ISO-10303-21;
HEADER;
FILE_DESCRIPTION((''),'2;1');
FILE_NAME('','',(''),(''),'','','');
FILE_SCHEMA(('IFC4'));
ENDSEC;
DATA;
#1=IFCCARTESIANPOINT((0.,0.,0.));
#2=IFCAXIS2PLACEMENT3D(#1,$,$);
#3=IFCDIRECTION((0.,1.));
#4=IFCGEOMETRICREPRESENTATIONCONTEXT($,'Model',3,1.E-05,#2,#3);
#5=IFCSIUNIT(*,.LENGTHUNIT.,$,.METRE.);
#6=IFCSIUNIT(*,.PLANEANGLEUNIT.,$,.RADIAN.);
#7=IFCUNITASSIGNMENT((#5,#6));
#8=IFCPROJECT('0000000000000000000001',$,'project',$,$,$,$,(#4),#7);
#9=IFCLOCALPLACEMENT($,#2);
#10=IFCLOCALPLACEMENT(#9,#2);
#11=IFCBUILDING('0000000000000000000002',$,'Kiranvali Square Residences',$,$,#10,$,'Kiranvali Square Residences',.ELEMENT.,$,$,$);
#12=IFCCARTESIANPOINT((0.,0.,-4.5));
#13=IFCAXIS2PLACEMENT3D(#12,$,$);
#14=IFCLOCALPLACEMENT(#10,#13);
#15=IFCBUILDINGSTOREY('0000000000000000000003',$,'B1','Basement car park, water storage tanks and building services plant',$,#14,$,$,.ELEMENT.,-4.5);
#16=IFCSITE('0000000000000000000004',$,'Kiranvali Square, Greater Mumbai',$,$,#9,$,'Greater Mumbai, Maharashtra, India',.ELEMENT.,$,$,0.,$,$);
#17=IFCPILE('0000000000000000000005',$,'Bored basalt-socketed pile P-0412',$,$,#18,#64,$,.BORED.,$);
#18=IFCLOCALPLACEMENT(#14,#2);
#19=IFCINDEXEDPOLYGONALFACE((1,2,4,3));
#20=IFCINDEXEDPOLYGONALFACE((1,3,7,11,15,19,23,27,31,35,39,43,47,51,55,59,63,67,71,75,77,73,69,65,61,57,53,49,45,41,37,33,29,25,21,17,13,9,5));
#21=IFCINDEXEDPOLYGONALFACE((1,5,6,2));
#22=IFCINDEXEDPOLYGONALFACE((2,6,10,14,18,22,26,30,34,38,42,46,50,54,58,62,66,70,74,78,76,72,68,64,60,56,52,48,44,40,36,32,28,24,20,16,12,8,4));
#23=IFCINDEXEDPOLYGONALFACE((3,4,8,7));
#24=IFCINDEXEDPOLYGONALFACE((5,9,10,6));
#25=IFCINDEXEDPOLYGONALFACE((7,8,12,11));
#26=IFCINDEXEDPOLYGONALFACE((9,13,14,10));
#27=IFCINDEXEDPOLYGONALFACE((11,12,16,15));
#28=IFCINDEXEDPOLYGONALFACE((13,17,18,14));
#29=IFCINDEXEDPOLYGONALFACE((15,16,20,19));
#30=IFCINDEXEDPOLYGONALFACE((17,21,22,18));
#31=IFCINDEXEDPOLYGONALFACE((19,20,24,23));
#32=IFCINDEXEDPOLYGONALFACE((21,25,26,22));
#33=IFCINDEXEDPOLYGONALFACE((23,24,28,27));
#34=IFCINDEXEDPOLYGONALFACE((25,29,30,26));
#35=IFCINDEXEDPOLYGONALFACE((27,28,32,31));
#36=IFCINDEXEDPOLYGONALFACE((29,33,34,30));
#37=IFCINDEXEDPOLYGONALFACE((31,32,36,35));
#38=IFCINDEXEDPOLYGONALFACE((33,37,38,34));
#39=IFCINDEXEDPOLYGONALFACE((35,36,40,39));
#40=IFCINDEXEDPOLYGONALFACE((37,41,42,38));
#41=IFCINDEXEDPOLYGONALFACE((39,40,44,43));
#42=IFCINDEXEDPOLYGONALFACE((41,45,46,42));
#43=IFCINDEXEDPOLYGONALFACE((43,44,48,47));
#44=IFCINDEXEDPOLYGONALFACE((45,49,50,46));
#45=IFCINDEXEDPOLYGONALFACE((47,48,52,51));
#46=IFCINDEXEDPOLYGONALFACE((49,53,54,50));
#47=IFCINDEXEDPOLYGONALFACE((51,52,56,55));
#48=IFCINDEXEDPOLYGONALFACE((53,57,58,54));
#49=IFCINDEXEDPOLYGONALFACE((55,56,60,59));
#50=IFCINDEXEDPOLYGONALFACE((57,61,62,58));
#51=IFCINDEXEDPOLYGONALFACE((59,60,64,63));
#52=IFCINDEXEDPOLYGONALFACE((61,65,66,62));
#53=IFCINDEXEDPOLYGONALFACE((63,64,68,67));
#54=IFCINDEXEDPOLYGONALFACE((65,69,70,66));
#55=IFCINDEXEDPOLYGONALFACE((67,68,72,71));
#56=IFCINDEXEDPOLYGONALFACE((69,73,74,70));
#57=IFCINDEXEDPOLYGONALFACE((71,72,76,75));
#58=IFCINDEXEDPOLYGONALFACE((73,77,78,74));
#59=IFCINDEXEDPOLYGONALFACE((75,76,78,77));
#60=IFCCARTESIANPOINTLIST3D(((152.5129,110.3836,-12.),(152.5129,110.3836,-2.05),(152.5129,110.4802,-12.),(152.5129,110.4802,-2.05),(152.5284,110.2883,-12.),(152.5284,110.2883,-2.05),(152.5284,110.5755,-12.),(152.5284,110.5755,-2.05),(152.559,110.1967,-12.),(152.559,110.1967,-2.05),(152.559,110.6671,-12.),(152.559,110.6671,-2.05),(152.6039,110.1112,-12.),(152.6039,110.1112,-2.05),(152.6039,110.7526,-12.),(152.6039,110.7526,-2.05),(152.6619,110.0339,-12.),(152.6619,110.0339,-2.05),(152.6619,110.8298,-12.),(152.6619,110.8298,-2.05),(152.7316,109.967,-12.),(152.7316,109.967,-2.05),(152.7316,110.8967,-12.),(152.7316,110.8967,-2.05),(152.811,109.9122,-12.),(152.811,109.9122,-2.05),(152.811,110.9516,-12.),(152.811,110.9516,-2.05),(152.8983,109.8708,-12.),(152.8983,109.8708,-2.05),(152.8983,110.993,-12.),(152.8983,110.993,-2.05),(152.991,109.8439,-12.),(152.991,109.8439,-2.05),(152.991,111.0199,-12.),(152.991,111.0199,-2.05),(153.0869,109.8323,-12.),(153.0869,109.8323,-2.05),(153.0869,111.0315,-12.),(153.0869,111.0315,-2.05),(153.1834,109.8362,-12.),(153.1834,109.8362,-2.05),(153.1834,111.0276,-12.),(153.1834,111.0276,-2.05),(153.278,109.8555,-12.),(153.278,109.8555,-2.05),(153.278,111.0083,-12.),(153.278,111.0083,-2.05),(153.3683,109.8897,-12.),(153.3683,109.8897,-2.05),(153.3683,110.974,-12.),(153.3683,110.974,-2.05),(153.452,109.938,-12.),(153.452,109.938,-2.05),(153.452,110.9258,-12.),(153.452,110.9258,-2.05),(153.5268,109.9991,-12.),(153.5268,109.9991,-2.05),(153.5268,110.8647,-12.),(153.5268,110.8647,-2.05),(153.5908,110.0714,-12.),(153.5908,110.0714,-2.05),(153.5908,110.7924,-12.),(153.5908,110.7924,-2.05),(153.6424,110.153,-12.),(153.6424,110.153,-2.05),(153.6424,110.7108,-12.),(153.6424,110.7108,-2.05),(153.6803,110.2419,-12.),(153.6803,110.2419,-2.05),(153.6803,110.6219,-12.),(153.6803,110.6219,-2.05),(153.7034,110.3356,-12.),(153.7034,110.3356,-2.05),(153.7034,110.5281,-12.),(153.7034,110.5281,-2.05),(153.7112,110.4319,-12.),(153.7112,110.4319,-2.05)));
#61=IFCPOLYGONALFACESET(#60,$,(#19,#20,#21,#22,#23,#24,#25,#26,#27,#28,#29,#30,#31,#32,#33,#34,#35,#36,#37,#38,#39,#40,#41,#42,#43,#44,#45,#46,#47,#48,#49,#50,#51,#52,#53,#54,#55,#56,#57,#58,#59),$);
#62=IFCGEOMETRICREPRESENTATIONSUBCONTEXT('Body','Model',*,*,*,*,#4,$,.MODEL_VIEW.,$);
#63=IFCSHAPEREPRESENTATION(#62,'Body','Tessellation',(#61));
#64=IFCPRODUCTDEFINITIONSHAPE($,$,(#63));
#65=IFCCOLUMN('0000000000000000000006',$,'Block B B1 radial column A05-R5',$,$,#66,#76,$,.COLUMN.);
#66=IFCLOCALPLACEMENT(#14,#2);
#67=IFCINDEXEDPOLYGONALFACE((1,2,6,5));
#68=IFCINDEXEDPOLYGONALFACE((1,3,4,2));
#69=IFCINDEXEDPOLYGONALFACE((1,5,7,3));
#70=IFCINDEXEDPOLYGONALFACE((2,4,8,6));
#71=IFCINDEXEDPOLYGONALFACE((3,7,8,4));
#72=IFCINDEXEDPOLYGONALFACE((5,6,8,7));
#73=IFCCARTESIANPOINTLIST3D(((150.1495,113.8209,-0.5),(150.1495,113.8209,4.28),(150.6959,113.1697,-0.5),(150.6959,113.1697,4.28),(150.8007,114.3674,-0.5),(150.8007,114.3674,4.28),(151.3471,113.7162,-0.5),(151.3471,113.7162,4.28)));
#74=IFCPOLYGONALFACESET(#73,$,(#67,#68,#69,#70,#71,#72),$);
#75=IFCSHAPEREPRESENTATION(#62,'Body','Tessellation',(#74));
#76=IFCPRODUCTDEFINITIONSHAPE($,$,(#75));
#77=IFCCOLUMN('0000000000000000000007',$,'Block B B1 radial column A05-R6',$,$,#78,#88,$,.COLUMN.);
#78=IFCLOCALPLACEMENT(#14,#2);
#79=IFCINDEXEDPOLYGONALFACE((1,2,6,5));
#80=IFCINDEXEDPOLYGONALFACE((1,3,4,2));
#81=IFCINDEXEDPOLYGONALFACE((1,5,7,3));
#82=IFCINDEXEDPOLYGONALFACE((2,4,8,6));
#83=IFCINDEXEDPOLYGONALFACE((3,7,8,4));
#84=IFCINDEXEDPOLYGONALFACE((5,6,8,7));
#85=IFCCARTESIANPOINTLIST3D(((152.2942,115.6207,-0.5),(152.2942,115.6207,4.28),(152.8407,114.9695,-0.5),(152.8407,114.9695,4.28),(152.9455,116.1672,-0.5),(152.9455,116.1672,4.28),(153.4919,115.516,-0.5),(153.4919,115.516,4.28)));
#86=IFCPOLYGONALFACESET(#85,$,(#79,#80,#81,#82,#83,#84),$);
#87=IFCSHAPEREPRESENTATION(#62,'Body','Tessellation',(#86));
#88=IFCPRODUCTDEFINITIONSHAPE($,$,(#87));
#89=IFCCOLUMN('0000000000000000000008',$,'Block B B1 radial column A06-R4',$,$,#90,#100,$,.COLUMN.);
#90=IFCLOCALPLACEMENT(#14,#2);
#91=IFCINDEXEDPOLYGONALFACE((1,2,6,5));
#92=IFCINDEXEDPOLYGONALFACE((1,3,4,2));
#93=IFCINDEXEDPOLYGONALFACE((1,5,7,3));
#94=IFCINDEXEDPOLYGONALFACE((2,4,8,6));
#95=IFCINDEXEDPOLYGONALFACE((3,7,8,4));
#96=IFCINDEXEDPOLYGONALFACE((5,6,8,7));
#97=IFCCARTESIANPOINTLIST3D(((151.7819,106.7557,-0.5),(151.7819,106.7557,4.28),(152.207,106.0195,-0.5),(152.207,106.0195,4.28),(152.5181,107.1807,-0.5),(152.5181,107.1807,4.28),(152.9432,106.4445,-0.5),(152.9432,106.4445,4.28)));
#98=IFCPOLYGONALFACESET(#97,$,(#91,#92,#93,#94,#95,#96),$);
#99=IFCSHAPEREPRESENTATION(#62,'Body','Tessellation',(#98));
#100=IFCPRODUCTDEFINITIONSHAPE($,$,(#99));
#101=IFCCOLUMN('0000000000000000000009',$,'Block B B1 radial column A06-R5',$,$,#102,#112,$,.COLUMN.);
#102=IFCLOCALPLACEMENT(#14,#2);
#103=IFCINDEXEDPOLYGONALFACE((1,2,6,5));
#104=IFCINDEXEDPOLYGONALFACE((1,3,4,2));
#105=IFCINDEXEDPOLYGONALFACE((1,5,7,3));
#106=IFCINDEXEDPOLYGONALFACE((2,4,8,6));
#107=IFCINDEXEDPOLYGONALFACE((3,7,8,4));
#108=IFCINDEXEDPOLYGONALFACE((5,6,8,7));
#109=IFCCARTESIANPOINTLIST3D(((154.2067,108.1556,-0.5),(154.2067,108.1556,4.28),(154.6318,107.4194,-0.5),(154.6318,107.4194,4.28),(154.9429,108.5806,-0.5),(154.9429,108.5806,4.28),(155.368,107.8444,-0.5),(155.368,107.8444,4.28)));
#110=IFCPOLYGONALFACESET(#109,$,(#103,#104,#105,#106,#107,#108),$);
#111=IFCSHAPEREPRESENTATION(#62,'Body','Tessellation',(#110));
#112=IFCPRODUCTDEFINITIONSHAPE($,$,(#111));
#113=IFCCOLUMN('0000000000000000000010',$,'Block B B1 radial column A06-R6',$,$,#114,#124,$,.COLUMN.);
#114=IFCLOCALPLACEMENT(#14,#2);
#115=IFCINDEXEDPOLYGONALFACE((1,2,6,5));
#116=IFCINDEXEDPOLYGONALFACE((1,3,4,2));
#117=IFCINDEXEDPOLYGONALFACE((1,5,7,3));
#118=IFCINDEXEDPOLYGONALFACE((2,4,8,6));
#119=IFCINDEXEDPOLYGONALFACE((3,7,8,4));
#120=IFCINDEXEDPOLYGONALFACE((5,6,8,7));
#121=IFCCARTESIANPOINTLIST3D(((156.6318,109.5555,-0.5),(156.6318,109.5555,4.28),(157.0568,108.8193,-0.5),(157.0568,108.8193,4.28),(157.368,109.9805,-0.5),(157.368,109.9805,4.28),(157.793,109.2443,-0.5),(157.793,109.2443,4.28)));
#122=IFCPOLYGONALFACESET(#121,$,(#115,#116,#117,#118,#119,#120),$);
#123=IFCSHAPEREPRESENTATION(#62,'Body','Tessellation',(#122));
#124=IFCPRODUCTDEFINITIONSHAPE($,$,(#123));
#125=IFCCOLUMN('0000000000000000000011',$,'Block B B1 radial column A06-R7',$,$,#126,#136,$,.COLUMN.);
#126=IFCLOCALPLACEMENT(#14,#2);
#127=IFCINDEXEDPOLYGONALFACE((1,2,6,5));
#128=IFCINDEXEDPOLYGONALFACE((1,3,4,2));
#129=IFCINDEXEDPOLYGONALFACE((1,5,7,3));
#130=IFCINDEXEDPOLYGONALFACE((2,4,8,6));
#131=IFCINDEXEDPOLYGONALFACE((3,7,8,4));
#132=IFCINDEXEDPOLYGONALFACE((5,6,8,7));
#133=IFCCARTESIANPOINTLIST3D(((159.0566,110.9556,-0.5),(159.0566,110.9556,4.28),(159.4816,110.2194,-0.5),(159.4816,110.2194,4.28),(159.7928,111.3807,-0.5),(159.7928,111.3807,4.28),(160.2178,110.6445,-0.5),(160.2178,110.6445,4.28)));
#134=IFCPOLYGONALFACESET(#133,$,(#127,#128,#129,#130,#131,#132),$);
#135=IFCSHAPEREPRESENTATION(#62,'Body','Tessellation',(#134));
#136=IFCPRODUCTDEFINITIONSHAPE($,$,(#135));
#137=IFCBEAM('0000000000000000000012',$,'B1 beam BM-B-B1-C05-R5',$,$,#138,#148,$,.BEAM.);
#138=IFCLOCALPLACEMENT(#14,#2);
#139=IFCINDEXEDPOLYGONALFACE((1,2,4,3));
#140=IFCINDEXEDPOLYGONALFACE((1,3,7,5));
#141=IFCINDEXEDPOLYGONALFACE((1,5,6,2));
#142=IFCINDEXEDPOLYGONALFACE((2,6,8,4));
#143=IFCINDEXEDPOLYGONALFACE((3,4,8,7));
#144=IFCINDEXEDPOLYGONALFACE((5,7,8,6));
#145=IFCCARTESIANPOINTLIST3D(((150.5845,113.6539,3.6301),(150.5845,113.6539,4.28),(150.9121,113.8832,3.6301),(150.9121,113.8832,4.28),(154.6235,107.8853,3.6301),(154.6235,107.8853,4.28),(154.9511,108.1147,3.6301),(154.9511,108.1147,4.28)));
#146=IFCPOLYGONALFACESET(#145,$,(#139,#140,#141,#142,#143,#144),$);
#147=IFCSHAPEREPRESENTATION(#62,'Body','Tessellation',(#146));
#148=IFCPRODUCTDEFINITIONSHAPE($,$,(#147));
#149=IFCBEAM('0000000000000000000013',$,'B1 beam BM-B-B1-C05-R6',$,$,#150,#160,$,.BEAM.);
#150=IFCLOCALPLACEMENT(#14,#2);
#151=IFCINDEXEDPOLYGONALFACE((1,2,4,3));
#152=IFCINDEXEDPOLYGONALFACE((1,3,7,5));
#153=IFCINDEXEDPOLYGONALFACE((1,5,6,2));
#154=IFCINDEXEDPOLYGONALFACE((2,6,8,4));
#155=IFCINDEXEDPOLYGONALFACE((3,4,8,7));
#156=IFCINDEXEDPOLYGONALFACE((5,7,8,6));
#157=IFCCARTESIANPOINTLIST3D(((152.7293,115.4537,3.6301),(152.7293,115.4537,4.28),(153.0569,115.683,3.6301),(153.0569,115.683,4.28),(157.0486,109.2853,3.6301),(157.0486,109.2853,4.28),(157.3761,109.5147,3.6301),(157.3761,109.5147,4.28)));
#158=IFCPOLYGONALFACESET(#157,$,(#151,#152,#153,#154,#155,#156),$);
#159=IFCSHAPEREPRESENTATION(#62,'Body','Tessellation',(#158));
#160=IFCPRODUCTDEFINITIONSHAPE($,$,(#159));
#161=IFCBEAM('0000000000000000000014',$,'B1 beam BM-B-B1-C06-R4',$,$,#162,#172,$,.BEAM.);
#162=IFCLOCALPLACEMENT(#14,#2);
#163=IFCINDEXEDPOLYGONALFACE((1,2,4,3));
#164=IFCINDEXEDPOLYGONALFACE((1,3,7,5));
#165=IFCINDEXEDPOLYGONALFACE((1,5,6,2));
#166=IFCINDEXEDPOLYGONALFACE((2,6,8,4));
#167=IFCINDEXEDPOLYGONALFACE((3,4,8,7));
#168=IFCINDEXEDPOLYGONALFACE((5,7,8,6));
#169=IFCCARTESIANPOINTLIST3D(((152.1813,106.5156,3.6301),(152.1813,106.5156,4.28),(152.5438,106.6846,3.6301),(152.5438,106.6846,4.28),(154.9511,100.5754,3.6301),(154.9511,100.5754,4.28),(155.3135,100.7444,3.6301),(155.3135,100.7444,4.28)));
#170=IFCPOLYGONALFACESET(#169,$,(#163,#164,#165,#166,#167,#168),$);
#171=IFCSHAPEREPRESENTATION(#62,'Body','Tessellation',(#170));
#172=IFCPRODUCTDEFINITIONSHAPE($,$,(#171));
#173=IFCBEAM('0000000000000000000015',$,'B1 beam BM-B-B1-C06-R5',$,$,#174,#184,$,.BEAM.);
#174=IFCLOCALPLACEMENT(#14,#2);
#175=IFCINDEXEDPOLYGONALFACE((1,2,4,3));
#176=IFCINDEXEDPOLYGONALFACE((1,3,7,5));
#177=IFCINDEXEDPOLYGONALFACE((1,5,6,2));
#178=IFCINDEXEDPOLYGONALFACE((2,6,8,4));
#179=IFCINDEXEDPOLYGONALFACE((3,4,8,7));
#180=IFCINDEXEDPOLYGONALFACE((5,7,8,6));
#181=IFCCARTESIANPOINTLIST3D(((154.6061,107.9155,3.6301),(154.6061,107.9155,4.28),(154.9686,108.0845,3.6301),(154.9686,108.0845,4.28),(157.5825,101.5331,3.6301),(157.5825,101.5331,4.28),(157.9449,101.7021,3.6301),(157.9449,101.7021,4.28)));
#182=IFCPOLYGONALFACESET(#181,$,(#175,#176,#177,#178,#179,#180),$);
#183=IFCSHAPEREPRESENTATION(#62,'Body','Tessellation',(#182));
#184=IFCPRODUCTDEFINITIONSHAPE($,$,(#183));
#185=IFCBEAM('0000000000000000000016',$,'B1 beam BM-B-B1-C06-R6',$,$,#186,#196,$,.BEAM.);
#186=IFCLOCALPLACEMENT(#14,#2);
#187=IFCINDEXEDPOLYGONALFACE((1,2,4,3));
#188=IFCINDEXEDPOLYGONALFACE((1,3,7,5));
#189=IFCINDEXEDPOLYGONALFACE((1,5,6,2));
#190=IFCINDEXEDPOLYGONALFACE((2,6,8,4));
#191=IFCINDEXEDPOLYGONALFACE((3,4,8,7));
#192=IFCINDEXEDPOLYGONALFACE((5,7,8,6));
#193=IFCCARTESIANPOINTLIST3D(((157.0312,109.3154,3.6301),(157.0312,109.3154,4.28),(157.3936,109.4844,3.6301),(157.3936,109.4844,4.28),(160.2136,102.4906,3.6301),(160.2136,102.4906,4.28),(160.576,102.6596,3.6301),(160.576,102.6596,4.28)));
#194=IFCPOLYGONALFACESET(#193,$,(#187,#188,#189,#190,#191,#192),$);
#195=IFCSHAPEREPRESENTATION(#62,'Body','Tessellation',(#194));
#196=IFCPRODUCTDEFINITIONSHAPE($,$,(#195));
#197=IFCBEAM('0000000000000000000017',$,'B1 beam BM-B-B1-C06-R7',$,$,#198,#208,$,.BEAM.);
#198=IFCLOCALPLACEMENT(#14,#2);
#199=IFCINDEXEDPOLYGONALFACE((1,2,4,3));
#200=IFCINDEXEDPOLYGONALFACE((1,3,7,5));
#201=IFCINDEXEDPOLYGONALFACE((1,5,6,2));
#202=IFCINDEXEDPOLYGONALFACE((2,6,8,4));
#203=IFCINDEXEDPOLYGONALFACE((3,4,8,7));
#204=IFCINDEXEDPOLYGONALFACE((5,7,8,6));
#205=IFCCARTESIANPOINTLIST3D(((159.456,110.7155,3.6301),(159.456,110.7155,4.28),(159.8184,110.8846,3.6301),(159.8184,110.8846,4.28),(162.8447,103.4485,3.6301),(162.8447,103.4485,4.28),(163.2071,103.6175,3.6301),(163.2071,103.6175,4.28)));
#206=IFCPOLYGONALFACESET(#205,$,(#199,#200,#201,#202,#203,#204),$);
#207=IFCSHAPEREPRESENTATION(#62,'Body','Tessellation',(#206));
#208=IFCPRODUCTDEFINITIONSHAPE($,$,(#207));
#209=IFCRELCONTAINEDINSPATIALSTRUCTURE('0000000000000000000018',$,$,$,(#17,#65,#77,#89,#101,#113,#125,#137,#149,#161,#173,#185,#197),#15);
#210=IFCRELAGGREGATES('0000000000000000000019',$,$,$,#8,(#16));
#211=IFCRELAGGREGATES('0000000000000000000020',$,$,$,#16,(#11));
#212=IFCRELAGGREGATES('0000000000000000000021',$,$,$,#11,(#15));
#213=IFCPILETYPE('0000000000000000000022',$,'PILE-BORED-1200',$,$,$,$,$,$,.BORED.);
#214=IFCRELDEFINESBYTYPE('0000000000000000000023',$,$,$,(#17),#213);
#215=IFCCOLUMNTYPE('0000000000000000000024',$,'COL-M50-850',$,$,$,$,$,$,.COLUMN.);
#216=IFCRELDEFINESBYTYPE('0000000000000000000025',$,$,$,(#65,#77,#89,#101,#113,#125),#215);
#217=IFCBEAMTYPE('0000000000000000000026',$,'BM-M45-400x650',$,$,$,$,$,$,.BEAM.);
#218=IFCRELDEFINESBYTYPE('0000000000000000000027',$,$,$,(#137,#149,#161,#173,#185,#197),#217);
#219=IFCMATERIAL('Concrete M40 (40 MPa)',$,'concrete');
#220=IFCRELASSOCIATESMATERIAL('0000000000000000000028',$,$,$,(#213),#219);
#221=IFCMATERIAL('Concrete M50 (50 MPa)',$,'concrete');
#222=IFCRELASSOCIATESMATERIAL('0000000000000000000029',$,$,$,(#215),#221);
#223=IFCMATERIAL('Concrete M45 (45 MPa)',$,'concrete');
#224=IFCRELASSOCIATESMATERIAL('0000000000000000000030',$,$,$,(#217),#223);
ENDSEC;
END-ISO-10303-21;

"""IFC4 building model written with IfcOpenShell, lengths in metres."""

from ifc_helpers import new_model, si_unit, direction, frame, origin, origin_2d, place, context, subcontext, project, spatial, rectangle, circle, extrude, material, material_profile, profile_set, type_object, element, save


model = new_model("IFC4")

# Units and contexts
model_context = context("Model", 3, precision=1e-05, world=origin(), true_north=direction((0.0, 1.0)))
body_context = subcontext(model_context, "Body", "Model", "MODEL_VIEW")
ifc_project = project(units=[si_unit("LENGTHUNIT", "METRE"), si_unit("PLANEANGLEUNIT", "RADIAN")], contexts=[model_context])

# Site, building, storey
site_placement = place(None, origin())
site = spatial("IfcSite", under=ifc_project, at=site_placement, Name="Kiranvali Square, Greater Mumbai", LongName="Greater Mumbai, Maharashtra, India", CompositionType="ELEMENT", RefElevation=0.0)
building_placement = place(site_placement, origin())
building = spatial("IfcBuilding", under=site, at=building_placement, Name="Kiranvali Square Residences", LongName="Kiranvali Square Residences", CompositionType="ELEMENT")
storey_placement = place(building_placement, frame((0.0, 0.0, -4.5)))
storey = spatial("IfcBuildingStorey", under=building, at=storey_placement, Name="B1", Description="Basement car park, water storage tanks and building services plant", CompositionType="ELEMENT", Elevation=-4.5)

# Shared definitions
ifc_material_1 = material(Name="Concrete M40 (40 MPa)", Category="concrete")

# Pile
ifc_material_profile_1 = material_profile(ifc_material_1, circle(Radius=0.6001, at=origin_2d()), Name="BORED PILE 1200")
ifc_profile_set_1 = profile_set([ifc_material_profile_1], Name="Concrete M40 (40 MPa)")
pile_type = type_object("IfcPileType", Name="PILE-BORED-1200", PredefinedType="BORED", material=ifc_profile_set_1)
pile_1_placement = place(storey_placement, frame((153.1111, 110.4319, -2.05), z_axis=(0.0, 0.0, -1.0), x_axis=(1.0, 0.0, 0.0)))
element("IfcPile", 1, at=pile_1_placement, inside=storey, type_object=pile_type, Name="Bored basalt-socketed pile P-0412", PredefinedType="BORED", context=body_context, shape_type="SweptSolid", body=[
    extrude(circle(Radius=0.6001, at=origin_2d()), origin(), (0.0, 0.0, 1.0), 9.95),
])

# Columns
ifc_material_2 = material(Name="Concrete M50 (50 MPa)", Category="concrete")
ifc_material_profile_2 = material_profile(ifc_material_2, rectangle(XDim=0.8501, YDim=0.8501, at=origin_2d()), Name="RC 850x850")
ifc_profile_set_2 = profile_set([ifc_material_profile_2], Name="Concrete M50 (50 MPa)")
column_type = type_object("IfcColumnType", Name="COL-M50-850", PredefinedType="COLUMN", material=ifc_profile_set_2)
for number, where, z_axis, x_axis, name in (
    (2, (150.7483, 113.7686, -0.5), (0.0, 0.0, 1.0), (-0.642788, 0.766044, 0.0), "Block B B1 radial column A05-R5"),
    (3, (152.8931, 115.5684, -0.5), (0.0, 0.0, 1.0), (-0.642788, 0.766044, 0.0), "Block B B1 radial column A05-R6"),
    (4, (152.3625, 106.6001, -0.5), (0.0, 0.0, 1.0), (-0.5, 0.866025, 0.0), "Block B B1 radial column A06-R4"),
    (5, (154.7874, 108.0, -0.5), (0.0, 0.0, 1.0), (-0.5, 0.866025, 0.0), "Block B B1 radial column A06-R5"),
    (6, (157.2124, 109.3999, -0.5), (0.0, 0.0, 1.0), (-0.5, 0.866025, 0.0), "Block B B1 radial column A06-R6"),
    (7, (159.6372, 110.8, -0.5), (0.0, 0.0, 1.0), (-0.5, 0.866025, 0.0), "Block B B1 radial column A06-R7"),
):
    element("IfcColumn", number, at=place(storey_placement, frame(where, z_axis=z_axis, x_axis=x_axis)), inside=storey, type_object=column_type, Name=name, PredefinedType="COLUMN", context=body_context, shape_type="SweptSolid", body=[
        extrude(rectangle(XDim=0.8501, YDim=0.8501, at=origin_2d()), origin(), (0.0, 0.0, 1.0), 4.78),
    ])

# Beams
ifc_material_3 = material(Name="Concrete M45 (45 MPa)", Category="concrete")
ifc_material_profile_3 = material_profile(ifc_material_3, rectangle(XDim=0.3999, YDim=0.6499, at=origin_2d()), Name="RC 400x650")
ifc_profile_set_3 = profile_set([ifc_material_profile_3], Name="Concrete M45 (45 MPa)")
beam_type = type_object("IfcBeamType", Name="BM-M45-400x650", PredefinedType="BEAM", material=ifc_profile_set_3)
beam_1_placement = place(storey_placement, frame((150.7483, 113.7686, 3.9551), z_axis=(0.573565, -0.81916, 0.0), x_axis=(0.81916, 0.573565, 0.0)))
element("IfcBeam", 8, at=beam_1_placement, inside=storey, type_object=beam_type, Name="B1 beam BM-B-B1-C05-R5", PredefinedType="BEAM", context=body_context, shape_type="SweptSolid", body=[
    extrude(rectangle(XDim=0.3999, YDim=0.6499, at=origin_2d()), origin(), (0.0, 0.0, 1.0), 7.042),
])
beam_2_placement = place(storey_placement, frame((152.8931, 115.5684, 3.9551), z_axis=(0.573589, -0.819144, 0.0), x_axis=(0.819144, 0.573589, 0.0)))
element("IfcBeam", 9, at=beam_2_placement, inside=storey, type_object=beam_type, Name="B1 beam BM-B-B1-C05-R6", PredefinedType="BEAM", context=body_context, shape_type="SweptSolid", body=[
    extrude(rectangle(XDim=0.3999, YDim=0.6499, at=origin_2d()), origin(), (0.0, 0.0, 1.0), 7.5303),
])
beam_3_placement = place(storey_placement, frame((152.3625, 106.6001, 3.9551), z_axis=(0.422596, -0.906318, 0.0), x_axis=(0.906318, 0.422596, 0.0)))
element("IfcBeam", 10, at=beam_3_placement, inside=storey, type_object=beam_type, Name="B1 beam BM-B-B1-C06-R4", PredefinedType="BEAM", context=body_context, shape_type="SweptSolid", body=[
    extrude(rectangle(XDim=0.3999, YDim=0.6499, at=origin_2d()), origin(), (0.0, 0.0, 1.0), 6.5542),
])
beam_4_placement = place(storey_placement, frame((154.7874, 108.0, 3.9551), z_axis=(0.422641, -0.906297, 0.0), x_axis=(0.906297, 0.422641, 0.0)))
element("IfcBeam", 11, at=beam_4_placement, inside=storey, type_object=beam_type, Name="B1 beam BM-B-B1-C06-R5", PredefinedType="BEAM", context=body_context, shape_type="SweptSolid", body=[
    extrude(rectangle(XDim=0.3999, YDim=0.6499, at=origin_2d()), origin(), (0.0, 0.0, 1.0), 7.0422),
])
beam_5_placement = place(storey_placement, frame((157.2124, 109.3999, 3.9551), z_axis=(0.422614, -0.90631, 0.0), x_axis=(0.90631, 0.422614, 0.0)))
element("IfcBeam", 12, at=beam_5_placement, inside=storey, type_object=beam_type, Name="B1 beam BM-B-B1-C06-R6", PredefinedType="BEAM", context=body_context, shape_type="SweptSolid", body=[
    extrude(rectangle(XDim=0.3999, YDim=0.6499, at=origin_2d()), origin(), (0.0, 0.0, 1.0), 7.5303),
])
beam_6_placement = place(storey_placement, frame((159.6372, 110.8, 3.9551), z_axis=(0.422615, -0.906309, 0.0), x_axis=(0.906309, 0.422615, 0.0)))
element("IfcBeam", 13, at=beam_6_placement, inside=storey, type_object=beam_type, Name="B1 beam BM-B-B1-C06-R7", PredefinedType="BEAM", context=body_context, shape_type="SweptSolid", body=[
    extrude(rectangle(XDim=0.3999, YDim=0.6499, at=origin_2d()), origin(), (0.0, 0.0, 1.0), 8.0183),
])

save(model, "model.ifc")
